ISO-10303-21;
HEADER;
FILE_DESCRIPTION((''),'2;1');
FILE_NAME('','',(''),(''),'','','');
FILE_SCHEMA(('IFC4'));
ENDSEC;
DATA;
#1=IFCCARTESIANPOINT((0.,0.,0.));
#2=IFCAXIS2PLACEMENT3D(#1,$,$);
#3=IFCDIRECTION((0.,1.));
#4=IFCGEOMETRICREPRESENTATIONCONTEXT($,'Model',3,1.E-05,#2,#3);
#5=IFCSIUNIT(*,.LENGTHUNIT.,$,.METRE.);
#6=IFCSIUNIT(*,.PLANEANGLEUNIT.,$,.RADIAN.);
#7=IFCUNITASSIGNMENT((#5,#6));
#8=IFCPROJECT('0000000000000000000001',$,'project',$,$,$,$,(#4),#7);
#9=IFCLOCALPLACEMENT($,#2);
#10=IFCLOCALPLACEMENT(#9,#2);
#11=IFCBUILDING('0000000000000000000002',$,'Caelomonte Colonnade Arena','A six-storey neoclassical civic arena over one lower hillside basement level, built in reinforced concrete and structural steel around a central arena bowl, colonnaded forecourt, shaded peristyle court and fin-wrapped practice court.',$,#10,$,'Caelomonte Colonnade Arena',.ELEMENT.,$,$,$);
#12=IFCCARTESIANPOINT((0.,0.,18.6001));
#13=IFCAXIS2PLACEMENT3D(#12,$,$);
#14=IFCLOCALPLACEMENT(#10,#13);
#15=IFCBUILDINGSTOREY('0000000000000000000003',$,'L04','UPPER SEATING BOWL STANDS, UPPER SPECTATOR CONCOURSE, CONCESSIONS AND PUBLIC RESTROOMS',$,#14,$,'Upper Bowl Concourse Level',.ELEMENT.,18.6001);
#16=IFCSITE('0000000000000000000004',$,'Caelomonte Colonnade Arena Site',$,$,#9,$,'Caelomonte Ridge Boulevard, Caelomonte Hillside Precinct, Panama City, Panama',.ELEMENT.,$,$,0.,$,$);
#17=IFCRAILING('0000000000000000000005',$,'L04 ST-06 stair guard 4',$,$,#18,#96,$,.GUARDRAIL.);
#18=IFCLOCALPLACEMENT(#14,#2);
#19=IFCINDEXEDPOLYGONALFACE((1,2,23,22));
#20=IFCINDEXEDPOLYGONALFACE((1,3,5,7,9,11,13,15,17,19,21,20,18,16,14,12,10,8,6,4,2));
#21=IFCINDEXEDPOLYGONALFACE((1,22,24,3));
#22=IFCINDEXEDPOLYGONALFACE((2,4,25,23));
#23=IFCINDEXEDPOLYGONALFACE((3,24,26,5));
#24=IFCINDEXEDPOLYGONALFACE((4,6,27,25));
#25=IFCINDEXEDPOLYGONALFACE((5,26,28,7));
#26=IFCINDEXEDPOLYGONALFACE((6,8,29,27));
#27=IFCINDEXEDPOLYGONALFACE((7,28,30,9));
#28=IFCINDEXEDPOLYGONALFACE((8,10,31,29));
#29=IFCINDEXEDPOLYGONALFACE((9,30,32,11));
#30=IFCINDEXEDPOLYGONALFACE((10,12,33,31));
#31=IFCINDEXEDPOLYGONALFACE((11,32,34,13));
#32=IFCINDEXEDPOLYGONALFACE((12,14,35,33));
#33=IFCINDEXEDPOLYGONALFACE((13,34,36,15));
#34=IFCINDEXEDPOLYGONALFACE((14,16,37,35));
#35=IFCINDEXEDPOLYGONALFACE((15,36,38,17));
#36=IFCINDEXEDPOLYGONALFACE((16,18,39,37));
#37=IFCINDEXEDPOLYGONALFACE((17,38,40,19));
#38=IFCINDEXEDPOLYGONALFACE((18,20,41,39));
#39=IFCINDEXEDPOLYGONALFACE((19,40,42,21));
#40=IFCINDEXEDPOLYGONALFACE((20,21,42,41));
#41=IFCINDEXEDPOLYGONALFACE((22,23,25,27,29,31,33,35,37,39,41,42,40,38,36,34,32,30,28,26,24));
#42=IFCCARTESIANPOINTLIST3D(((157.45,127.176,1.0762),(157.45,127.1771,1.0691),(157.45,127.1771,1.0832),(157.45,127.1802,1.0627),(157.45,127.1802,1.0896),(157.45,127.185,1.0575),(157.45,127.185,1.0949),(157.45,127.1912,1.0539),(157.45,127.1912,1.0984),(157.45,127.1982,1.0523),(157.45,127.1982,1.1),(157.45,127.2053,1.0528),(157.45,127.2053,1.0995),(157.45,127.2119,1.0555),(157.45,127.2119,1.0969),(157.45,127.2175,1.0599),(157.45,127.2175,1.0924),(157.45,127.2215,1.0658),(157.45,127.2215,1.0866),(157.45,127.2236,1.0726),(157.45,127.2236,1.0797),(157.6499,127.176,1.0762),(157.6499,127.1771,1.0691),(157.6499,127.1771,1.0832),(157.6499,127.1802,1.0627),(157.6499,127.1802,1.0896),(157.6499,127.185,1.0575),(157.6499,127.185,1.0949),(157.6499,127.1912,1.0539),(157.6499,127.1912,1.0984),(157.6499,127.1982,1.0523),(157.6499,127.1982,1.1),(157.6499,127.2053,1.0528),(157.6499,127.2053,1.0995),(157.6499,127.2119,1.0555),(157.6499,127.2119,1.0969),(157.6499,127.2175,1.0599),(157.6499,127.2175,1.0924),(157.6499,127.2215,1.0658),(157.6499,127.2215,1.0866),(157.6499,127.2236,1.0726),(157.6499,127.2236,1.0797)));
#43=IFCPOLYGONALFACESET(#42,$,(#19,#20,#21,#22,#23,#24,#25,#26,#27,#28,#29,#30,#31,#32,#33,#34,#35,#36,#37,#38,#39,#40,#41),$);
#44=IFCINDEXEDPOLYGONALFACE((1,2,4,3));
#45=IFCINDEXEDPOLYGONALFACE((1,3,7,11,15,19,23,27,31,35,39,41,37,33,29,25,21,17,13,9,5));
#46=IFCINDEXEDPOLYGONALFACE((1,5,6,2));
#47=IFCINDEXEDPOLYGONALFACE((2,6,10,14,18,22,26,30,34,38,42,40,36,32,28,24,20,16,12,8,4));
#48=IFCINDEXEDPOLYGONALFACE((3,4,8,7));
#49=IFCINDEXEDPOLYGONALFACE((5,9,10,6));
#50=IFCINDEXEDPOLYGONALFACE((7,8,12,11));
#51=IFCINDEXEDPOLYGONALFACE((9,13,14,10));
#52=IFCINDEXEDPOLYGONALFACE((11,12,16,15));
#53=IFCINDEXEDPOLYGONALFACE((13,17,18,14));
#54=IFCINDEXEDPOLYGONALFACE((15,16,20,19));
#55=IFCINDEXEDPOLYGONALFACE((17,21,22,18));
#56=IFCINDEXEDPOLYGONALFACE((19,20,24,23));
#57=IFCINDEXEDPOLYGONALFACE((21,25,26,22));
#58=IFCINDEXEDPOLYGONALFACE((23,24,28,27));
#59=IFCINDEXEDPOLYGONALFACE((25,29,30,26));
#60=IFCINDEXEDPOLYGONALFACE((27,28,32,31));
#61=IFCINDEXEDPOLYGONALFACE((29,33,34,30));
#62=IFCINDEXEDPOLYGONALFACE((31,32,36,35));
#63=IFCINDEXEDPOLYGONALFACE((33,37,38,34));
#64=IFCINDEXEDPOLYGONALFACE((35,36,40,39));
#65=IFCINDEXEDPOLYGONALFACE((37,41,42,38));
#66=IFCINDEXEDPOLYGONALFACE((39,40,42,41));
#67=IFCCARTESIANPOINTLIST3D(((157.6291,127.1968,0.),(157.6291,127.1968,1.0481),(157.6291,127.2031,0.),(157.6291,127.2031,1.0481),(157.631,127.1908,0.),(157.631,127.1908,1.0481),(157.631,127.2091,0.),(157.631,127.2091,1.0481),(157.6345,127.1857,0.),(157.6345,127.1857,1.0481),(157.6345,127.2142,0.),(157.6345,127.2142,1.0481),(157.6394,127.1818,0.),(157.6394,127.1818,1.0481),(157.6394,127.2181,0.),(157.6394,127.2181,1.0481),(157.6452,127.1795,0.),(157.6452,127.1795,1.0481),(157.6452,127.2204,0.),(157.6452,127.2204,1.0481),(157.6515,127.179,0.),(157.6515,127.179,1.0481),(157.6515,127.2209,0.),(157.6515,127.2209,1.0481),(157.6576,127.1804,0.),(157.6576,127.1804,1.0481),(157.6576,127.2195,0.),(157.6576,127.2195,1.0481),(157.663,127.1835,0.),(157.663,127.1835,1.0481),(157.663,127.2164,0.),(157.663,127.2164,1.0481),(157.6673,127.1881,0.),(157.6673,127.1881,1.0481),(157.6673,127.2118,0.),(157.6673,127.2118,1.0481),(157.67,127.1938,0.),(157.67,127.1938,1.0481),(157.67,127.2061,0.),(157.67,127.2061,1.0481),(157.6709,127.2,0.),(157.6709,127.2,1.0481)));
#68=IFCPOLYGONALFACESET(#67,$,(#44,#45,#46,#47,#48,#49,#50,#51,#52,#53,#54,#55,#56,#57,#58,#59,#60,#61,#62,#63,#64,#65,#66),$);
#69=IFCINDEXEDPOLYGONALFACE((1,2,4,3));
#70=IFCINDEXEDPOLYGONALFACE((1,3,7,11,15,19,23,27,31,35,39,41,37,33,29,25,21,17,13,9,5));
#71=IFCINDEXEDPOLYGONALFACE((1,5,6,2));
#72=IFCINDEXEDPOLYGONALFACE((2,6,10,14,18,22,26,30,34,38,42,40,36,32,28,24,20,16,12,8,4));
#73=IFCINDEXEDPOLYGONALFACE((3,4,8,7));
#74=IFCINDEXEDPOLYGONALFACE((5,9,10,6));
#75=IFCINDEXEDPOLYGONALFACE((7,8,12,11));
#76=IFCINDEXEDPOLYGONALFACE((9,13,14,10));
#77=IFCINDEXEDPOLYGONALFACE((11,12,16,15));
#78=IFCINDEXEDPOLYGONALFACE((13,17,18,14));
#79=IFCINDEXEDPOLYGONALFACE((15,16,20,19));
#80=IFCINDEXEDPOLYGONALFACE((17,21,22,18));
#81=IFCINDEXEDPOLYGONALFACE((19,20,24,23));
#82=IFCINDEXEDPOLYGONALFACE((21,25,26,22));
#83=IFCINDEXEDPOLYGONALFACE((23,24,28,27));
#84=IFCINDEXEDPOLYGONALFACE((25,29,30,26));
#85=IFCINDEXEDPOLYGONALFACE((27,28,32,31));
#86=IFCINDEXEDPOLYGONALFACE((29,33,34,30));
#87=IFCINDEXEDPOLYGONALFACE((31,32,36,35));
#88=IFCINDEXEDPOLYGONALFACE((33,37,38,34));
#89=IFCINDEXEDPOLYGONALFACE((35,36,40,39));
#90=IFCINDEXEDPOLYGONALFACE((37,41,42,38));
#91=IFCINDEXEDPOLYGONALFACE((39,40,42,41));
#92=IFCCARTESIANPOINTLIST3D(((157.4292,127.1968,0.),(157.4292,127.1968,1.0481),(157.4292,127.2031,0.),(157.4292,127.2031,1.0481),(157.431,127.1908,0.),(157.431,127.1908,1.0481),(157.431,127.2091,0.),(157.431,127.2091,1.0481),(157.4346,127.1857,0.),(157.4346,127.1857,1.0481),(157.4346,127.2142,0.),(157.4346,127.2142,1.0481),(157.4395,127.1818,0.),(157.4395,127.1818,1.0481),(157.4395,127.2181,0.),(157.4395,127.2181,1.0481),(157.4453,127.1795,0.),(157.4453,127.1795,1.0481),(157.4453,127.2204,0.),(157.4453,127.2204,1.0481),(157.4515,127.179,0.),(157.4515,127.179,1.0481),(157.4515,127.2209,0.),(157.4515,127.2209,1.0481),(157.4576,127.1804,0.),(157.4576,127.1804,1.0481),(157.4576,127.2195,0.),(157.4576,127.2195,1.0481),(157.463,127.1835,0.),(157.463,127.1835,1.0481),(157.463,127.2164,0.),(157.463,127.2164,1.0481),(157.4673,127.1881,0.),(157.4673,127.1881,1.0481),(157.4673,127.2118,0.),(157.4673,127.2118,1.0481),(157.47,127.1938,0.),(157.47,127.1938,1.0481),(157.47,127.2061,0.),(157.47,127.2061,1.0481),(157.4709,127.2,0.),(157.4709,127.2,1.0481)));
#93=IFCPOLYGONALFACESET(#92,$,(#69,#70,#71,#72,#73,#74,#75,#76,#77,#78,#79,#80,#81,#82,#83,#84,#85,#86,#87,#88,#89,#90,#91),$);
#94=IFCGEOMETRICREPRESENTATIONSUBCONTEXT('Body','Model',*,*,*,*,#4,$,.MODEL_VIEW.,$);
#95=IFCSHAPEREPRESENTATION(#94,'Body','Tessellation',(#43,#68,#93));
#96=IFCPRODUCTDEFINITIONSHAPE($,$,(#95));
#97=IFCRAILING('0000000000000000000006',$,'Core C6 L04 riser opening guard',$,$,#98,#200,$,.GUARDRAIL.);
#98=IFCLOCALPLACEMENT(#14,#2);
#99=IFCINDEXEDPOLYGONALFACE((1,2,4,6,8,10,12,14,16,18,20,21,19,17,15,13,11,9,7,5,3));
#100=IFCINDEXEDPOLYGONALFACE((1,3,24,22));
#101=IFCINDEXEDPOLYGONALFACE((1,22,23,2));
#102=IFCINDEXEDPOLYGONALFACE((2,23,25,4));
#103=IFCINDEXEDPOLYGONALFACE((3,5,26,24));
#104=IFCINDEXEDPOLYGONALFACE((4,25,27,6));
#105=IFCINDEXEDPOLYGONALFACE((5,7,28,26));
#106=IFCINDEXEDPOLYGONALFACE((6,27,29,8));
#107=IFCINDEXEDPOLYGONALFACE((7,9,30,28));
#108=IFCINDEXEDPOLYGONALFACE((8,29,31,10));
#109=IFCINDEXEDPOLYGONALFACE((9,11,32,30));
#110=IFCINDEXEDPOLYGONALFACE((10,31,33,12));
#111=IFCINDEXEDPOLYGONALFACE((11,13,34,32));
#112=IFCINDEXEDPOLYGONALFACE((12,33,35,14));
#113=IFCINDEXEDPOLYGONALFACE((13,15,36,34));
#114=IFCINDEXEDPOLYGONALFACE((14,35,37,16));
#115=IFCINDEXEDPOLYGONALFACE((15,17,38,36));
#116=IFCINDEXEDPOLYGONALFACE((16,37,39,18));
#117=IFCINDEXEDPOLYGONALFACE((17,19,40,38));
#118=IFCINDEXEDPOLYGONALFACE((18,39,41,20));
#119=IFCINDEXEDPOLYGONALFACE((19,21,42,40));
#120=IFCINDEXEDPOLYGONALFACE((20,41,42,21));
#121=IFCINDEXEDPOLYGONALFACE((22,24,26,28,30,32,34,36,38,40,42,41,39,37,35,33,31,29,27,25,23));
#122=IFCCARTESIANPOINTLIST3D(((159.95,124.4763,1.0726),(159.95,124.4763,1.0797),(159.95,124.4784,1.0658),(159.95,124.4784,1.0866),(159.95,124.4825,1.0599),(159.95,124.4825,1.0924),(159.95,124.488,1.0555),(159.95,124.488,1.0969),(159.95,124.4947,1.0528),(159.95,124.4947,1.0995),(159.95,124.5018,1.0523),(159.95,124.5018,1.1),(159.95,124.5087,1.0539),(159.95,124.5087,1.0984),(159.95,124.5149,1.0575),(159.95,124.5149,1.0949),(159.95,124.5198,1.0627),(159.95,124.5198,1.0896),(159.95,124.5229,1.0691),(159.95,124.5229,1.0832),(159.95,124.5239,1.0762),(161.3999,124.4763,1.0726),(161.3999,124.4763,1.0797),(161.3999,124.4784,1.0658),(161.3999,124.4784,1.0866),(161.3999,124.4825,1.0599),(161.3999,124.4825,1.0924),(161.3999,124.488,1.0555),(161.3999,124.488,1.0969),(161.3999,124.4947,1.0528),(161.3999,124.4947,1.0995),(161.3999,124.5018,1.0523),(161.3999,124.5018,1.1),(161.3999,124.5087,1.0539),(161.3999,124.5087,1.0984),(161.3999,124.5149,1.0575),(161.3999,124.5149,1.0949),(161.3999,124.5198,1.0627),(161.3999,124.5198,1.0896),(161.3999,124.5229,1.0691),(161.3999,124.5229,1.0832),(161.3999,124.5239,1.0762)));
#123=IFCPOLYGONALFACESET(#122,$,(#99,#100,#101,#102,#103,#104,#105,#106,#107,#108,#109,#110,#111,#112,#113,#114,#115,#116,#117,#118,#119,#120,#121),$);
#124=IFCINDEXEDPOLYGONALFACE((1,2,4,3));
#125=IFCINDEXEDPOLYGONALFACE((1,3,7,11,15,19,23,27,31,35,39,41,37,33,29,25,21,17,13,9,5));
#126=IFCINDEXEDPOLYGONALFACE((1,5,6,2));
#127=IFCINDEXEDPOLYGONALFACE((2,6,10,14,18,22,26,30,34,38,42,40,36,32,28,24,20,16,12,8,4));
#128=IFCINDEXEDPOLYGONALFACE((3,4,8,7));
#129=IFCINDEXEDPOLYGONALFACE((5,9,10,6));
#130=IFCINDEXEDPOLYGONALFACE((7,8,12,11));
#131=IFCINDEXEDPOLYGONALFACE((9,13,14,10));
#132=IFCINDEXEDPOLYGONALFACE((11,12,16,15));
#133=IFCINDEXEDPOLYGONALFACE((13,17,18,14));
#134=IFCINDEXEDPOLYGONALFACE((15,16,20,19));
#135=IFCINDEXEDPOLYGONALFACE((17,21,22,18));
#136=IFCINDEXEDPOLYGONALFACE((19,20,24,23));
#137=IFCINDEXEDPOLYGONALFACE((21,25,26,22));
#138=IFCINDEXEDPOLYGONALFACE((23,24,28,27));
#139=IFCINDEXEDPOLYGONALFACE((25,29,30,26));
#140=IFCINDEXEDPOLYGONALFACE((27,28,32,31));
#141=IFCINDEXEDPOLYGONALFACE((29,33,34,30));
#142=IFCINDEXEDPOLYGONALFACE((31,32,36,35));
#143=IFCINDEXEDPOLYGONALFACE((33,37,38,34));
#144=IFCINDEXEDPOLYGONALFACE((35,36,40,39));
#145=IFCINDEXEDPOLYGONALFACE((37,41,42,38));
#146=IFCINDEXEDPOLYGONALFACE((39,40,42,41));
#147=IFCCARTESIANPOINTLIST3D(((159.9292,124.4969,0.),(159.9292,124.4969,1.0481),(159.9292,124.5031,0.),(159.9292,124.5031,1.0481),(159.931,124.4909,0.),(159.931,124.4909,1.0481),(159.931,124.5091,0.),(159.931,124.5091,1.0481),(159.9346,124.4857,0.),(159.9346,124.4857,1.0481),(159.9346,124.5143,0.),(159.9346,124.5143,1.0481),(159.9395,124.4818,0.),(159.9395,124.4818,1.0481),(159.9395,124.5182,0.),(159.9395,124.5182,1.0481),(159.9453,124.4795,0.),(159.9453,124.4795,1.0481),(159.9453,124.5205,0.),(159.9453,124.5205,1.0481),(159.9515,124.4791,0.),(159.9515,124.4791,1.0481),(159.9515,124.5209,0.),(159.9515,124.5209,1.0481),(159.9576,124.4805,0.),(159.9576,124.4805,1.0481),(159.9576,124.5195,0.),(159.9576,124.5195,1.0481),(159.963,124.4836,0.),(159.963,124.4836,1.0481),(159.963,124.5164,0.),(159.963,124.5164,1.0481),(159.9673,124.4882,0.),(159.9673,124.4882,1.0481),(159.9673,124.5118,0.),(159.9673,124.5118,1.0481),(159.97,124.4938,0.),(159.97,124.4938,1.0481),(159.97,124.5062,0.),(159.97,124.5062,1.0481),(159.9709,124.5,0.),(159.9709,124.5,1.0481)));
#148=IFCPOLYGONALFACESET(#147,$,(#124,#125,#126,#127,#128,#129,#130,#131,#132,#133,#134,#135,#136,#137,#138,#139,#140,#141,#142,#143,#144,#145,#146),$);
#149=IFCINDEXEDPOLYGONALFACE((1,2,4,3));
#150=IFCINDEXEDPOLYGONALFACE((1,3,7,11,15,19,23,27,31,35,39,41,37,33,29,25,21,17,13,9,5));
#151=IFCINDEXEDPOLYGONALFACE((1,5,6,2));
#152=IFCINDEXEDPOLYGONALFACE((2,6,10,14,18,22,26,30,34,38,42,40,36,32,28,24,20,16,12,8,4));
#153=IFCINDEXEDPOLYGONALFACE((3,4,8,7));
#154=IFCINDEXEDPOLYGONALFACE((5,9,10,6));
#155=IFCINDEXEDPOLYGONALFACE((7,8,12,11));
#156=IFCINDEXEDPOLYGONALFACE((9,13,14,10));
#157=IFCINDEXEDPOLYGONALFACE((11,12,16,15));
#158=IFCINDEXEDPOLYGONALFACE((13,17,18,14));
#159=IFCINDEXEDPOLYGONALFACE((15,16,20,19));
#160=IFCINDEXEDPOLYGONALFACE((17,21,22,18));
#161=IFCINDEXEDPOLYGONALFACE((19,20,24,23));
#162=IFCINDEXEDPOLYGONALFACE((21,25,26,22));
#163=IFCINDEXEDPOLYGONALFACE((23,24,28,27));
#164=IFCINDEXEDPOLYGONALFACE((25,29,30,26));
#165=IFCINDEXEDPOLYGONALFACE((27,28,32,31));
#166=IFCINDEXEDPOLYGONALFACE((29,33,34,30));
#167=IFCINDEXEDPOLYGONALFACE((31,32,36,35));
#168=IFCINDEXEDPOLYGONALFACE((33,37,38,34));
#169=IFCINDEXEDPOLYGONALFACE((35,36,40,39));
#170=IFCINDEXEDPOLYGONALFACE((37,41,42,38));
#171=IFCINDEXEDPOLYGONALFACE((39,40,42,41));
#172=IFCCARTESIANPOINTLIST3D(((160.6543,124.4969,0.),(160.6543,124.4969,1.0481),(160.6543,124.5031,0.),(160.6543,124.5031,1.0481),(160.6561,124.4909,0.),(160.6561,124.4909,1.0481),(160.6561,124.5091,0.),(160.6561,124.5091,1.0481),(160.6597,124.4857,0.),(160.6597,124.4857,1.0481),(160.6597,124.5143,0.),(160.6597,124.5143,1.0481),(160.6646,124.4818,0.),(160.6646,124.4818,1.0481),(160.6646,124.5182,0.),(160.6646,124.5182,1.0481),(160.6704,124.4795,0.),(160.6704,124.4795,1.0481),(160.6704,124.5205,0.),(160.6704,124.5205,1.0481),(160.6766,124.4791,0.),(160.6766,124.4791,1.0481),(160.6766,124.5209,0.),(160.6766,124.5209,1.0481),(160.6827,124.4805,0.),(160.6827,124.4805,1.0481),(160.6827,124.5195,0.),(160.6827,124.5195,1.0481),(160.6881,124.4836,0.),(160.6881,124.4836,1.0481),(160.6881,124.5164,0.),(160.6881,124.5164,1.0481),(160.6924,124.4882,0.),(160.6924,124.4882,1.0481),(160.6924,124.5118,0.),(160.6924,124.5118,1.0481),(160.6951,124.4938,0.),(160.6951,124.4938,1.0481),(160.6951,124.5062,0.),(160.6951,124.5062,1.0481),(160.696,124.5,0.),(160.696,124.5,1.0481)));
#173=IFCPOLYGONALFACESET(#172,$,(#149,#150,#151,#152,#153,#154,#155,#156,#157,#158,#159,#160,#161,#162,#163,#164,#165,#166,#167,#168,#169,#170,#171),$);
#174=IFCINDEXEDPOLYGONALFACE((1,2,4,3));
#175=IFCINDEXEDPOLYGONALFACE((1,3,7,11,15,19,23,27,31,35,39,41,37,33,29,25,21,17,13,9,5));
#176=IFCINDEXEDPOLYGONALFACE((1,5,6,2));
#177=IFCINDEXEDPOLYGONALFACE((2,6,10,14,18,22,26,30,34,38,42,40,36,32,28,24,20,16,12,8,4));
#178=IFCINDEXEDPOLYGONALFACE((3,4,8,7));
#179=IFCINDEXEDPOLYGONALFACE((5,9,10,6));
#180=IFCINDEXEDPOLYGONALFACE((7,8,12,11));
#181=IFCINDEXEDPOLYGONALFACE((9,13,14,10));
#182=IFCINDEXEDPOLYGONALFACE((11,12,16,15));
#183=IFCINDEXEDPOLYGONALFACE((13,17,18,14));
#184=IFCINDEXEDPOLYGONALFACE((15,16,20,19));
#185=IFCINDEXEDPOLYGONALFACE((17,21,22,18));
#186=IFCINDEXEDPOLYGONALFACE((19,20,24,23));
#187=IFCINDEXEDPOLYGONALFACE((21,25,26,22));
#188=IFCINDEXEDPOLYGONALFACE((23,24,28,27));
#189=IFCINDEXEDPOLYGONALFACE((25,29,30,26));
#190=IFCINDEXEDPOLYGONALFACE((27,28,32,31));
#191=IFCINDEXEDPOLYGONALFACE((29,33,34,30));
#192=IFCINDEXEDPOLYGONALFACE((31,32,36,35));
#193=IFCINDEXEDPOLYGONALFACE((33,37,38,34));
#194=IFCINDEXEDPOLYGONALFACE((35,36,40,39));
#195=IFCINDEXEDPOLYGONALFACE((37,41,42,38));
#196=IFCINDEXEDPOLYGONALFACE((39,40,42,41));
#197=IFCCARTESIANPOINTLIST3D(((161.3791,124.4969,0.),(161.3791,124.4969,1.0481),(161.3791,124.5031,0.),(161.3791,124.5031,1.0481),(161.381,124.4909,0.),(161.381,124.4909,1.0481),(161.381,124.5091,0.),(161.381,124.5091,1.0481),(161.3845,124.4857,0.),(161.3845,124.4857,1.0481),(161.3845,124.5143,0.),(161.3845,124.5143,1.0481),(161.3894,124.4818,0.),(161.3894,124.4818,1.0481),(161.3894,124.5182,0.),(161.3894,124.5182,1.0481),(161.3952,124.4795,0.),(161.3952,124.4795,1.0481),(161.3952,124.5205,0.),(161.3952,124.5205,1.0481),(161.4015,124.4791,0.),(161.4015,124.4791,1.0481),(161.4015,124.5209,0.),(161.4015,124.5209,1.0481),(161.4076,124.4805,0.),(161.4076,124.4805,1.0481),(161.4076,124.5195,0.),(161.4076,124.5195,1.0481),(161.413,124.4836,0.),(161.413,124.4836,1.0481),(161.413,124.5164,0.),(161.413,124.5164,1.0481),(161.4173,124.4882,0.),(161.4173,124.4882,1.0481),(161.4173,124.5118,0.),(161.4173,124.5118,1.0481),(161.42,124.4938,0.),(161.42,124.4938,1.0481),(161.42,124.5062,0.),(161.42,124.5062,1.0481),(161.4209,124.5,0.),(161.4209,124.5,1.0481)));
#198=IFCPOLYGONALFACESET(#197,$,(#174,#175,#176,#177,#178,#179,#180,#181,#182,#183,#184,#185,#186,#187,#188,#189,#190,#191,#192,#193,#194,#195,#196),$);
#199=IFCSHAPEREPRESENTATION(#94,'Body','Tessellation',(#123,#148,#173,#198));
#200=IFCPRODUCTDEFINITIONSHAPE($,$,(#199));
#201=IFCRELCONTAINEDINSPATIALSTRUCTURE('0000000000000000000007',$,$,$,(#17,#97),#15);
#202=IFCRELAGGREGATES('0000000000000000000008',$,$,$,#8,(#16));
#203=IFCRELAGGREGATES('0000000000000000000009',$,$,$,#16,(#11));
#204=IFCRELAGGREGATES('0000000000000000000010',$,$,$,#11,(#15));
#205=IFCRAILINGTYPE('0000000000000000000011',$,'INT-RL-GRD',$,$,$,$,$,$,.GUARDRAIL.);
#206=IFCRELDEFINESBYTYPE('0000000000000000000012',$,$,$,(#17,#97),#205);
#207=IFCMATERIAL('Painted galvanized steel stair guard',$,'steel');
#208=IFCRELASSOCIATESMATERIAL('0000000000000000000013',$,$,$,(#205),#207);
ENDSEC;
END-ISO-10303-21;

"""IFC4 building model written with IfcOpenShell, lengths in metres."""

from ifc_helpers import new_model, si_unit, direction, frame, origin, origin_2d, place, context, subcontext, project, spatial, circle, extrude, material, type_object, element, save


model = new_model("IFC4")

# Units and contexts
model_context = context("Model", 3, precision=1e-05, world=origin(), true_north=direction((0.0, 1.0)))
body_context = subcontext(model_context, "Body", "Model", "MODEL_VIEW")
ifc_project = project(units=[si_unit("LENGTHUNIT", "METRE"), si_unit("PLANEANGLEUNIT", "RADIAN")], contexts=[model_context])

# Site, building, storey
site_placement = place(None, origin())
site = spatial("IfcSite", under=ifc_project, at=site_placement, Name="Caelomonte Colonnade Arena Site", LongName="Caelomonte Ridge Boulevard, Caelomonte Hillside Precinct, Panama City, Panama", CompositionType="ELEMENT", RefElevation=0.0)
building_placement = place(site_placement, origin())
building = spatial("IfcBuilding", under=site, at=building_placement, Name="Caelomonte Colonnade Arena", Description="A six-storey neoclassical civic arena over one lower hillside basement level, built in reinforced concrete and structural steel around a central arena bowl, colonnaded forecourt, shaded peristyle court and fin-wrapped practice court.", LongName="Caelomonte Colonnade Arena", CompositionType="ELEMENT")
storey_placement = place(building_placement, frame((0.0, 0.0, 18.6001)))
storey = spatial("IfcBuildingStorey", under=building, at=storey_placement, Name="L04", Description="UPPER SEATING BOWL STANDS, UPPER SPECTATOR CONCOURSE, CONCESSIONS AND PUBLIC RESTROOMS", LongName="Upper Bowl Concourse Level", CompositionType="ELEMENT", Elevation=18.6001)

# Railings
ifc_material_1 = material(Name="Painted galvanized steel stair guard", Category="steel")
railing_type = type_object("IfcRailingType", Name="INT-RL-GRD", PredefinedType="GUARDRAIL", material=ifc_material_1)
railing_1_placement = place(storey_placement, frame((157.6499, 127.2, 0.0)))
element("IfcRailing", 1, at=railing_1_placement, inside=storey, type_object=railing_type, Name="L04 ST-06 stair guard 4", PredefinedType="GUARDRAIL", context=body_context, shape_type="SweptSolid", body=[
    extrude(circle(Radius=0.0239, at=origin_2d()), frame((0.0, 0.0, 1.0762), z_axis=(-1.0, 0.0, 0.0), x_axis=(0.0, -1.0, 0.0)), (0.0, 0.0, 1.0), 0.2),
    extrude(circle(Radius=0.021, at=origin_2d()), origin(), (0.0, 0.0, 1.0), 1.0481),
    extrude(circle(Radius=0.021, at=origin_2d()), frame((-0.2, 0.0, 0.0)), (0.0, 0.0, 1.0), 1.0481),
])
railing_2_placement = place(storey_placement, frame((159.95, 124.5, 0.0)))
element("IfcRailing", 2, at=railing_2_placement, inside=storey, type_object=railing_type, Name="Core C6 L04 riser opening guard", PredefinedType="GUARDRAIL", context=body_context, shape_type="SweptSolid", body=[
    extrude(circle(Radius=0.0239, at=origin_2d()), frame((0.0, 0.0, 1.0762), z_axis=(1.0, 0.0, 0.0), x_axis=(0.0, 1.0, 0.0)), (0.0, 0.0, 1.0), 1.45),
    extrude(circle(Radius=0.021, at=origin_2d()), origin(), (0.0, 0.0, 1.0), 1.0481),
    extrude(circle(Radius=0.021, at=origin_2d()), frame((0.7251, 0.0, 0.0)), (0.0, 0.0, 1.0), 1.0481),
    extrude(circle(Radius=0.021, at=origin_2d()), frame((1.45, 0.0, 0.0)), (0.0, 0.0, 1.0), 1.0481),
])

save(model, "model.ifc")
